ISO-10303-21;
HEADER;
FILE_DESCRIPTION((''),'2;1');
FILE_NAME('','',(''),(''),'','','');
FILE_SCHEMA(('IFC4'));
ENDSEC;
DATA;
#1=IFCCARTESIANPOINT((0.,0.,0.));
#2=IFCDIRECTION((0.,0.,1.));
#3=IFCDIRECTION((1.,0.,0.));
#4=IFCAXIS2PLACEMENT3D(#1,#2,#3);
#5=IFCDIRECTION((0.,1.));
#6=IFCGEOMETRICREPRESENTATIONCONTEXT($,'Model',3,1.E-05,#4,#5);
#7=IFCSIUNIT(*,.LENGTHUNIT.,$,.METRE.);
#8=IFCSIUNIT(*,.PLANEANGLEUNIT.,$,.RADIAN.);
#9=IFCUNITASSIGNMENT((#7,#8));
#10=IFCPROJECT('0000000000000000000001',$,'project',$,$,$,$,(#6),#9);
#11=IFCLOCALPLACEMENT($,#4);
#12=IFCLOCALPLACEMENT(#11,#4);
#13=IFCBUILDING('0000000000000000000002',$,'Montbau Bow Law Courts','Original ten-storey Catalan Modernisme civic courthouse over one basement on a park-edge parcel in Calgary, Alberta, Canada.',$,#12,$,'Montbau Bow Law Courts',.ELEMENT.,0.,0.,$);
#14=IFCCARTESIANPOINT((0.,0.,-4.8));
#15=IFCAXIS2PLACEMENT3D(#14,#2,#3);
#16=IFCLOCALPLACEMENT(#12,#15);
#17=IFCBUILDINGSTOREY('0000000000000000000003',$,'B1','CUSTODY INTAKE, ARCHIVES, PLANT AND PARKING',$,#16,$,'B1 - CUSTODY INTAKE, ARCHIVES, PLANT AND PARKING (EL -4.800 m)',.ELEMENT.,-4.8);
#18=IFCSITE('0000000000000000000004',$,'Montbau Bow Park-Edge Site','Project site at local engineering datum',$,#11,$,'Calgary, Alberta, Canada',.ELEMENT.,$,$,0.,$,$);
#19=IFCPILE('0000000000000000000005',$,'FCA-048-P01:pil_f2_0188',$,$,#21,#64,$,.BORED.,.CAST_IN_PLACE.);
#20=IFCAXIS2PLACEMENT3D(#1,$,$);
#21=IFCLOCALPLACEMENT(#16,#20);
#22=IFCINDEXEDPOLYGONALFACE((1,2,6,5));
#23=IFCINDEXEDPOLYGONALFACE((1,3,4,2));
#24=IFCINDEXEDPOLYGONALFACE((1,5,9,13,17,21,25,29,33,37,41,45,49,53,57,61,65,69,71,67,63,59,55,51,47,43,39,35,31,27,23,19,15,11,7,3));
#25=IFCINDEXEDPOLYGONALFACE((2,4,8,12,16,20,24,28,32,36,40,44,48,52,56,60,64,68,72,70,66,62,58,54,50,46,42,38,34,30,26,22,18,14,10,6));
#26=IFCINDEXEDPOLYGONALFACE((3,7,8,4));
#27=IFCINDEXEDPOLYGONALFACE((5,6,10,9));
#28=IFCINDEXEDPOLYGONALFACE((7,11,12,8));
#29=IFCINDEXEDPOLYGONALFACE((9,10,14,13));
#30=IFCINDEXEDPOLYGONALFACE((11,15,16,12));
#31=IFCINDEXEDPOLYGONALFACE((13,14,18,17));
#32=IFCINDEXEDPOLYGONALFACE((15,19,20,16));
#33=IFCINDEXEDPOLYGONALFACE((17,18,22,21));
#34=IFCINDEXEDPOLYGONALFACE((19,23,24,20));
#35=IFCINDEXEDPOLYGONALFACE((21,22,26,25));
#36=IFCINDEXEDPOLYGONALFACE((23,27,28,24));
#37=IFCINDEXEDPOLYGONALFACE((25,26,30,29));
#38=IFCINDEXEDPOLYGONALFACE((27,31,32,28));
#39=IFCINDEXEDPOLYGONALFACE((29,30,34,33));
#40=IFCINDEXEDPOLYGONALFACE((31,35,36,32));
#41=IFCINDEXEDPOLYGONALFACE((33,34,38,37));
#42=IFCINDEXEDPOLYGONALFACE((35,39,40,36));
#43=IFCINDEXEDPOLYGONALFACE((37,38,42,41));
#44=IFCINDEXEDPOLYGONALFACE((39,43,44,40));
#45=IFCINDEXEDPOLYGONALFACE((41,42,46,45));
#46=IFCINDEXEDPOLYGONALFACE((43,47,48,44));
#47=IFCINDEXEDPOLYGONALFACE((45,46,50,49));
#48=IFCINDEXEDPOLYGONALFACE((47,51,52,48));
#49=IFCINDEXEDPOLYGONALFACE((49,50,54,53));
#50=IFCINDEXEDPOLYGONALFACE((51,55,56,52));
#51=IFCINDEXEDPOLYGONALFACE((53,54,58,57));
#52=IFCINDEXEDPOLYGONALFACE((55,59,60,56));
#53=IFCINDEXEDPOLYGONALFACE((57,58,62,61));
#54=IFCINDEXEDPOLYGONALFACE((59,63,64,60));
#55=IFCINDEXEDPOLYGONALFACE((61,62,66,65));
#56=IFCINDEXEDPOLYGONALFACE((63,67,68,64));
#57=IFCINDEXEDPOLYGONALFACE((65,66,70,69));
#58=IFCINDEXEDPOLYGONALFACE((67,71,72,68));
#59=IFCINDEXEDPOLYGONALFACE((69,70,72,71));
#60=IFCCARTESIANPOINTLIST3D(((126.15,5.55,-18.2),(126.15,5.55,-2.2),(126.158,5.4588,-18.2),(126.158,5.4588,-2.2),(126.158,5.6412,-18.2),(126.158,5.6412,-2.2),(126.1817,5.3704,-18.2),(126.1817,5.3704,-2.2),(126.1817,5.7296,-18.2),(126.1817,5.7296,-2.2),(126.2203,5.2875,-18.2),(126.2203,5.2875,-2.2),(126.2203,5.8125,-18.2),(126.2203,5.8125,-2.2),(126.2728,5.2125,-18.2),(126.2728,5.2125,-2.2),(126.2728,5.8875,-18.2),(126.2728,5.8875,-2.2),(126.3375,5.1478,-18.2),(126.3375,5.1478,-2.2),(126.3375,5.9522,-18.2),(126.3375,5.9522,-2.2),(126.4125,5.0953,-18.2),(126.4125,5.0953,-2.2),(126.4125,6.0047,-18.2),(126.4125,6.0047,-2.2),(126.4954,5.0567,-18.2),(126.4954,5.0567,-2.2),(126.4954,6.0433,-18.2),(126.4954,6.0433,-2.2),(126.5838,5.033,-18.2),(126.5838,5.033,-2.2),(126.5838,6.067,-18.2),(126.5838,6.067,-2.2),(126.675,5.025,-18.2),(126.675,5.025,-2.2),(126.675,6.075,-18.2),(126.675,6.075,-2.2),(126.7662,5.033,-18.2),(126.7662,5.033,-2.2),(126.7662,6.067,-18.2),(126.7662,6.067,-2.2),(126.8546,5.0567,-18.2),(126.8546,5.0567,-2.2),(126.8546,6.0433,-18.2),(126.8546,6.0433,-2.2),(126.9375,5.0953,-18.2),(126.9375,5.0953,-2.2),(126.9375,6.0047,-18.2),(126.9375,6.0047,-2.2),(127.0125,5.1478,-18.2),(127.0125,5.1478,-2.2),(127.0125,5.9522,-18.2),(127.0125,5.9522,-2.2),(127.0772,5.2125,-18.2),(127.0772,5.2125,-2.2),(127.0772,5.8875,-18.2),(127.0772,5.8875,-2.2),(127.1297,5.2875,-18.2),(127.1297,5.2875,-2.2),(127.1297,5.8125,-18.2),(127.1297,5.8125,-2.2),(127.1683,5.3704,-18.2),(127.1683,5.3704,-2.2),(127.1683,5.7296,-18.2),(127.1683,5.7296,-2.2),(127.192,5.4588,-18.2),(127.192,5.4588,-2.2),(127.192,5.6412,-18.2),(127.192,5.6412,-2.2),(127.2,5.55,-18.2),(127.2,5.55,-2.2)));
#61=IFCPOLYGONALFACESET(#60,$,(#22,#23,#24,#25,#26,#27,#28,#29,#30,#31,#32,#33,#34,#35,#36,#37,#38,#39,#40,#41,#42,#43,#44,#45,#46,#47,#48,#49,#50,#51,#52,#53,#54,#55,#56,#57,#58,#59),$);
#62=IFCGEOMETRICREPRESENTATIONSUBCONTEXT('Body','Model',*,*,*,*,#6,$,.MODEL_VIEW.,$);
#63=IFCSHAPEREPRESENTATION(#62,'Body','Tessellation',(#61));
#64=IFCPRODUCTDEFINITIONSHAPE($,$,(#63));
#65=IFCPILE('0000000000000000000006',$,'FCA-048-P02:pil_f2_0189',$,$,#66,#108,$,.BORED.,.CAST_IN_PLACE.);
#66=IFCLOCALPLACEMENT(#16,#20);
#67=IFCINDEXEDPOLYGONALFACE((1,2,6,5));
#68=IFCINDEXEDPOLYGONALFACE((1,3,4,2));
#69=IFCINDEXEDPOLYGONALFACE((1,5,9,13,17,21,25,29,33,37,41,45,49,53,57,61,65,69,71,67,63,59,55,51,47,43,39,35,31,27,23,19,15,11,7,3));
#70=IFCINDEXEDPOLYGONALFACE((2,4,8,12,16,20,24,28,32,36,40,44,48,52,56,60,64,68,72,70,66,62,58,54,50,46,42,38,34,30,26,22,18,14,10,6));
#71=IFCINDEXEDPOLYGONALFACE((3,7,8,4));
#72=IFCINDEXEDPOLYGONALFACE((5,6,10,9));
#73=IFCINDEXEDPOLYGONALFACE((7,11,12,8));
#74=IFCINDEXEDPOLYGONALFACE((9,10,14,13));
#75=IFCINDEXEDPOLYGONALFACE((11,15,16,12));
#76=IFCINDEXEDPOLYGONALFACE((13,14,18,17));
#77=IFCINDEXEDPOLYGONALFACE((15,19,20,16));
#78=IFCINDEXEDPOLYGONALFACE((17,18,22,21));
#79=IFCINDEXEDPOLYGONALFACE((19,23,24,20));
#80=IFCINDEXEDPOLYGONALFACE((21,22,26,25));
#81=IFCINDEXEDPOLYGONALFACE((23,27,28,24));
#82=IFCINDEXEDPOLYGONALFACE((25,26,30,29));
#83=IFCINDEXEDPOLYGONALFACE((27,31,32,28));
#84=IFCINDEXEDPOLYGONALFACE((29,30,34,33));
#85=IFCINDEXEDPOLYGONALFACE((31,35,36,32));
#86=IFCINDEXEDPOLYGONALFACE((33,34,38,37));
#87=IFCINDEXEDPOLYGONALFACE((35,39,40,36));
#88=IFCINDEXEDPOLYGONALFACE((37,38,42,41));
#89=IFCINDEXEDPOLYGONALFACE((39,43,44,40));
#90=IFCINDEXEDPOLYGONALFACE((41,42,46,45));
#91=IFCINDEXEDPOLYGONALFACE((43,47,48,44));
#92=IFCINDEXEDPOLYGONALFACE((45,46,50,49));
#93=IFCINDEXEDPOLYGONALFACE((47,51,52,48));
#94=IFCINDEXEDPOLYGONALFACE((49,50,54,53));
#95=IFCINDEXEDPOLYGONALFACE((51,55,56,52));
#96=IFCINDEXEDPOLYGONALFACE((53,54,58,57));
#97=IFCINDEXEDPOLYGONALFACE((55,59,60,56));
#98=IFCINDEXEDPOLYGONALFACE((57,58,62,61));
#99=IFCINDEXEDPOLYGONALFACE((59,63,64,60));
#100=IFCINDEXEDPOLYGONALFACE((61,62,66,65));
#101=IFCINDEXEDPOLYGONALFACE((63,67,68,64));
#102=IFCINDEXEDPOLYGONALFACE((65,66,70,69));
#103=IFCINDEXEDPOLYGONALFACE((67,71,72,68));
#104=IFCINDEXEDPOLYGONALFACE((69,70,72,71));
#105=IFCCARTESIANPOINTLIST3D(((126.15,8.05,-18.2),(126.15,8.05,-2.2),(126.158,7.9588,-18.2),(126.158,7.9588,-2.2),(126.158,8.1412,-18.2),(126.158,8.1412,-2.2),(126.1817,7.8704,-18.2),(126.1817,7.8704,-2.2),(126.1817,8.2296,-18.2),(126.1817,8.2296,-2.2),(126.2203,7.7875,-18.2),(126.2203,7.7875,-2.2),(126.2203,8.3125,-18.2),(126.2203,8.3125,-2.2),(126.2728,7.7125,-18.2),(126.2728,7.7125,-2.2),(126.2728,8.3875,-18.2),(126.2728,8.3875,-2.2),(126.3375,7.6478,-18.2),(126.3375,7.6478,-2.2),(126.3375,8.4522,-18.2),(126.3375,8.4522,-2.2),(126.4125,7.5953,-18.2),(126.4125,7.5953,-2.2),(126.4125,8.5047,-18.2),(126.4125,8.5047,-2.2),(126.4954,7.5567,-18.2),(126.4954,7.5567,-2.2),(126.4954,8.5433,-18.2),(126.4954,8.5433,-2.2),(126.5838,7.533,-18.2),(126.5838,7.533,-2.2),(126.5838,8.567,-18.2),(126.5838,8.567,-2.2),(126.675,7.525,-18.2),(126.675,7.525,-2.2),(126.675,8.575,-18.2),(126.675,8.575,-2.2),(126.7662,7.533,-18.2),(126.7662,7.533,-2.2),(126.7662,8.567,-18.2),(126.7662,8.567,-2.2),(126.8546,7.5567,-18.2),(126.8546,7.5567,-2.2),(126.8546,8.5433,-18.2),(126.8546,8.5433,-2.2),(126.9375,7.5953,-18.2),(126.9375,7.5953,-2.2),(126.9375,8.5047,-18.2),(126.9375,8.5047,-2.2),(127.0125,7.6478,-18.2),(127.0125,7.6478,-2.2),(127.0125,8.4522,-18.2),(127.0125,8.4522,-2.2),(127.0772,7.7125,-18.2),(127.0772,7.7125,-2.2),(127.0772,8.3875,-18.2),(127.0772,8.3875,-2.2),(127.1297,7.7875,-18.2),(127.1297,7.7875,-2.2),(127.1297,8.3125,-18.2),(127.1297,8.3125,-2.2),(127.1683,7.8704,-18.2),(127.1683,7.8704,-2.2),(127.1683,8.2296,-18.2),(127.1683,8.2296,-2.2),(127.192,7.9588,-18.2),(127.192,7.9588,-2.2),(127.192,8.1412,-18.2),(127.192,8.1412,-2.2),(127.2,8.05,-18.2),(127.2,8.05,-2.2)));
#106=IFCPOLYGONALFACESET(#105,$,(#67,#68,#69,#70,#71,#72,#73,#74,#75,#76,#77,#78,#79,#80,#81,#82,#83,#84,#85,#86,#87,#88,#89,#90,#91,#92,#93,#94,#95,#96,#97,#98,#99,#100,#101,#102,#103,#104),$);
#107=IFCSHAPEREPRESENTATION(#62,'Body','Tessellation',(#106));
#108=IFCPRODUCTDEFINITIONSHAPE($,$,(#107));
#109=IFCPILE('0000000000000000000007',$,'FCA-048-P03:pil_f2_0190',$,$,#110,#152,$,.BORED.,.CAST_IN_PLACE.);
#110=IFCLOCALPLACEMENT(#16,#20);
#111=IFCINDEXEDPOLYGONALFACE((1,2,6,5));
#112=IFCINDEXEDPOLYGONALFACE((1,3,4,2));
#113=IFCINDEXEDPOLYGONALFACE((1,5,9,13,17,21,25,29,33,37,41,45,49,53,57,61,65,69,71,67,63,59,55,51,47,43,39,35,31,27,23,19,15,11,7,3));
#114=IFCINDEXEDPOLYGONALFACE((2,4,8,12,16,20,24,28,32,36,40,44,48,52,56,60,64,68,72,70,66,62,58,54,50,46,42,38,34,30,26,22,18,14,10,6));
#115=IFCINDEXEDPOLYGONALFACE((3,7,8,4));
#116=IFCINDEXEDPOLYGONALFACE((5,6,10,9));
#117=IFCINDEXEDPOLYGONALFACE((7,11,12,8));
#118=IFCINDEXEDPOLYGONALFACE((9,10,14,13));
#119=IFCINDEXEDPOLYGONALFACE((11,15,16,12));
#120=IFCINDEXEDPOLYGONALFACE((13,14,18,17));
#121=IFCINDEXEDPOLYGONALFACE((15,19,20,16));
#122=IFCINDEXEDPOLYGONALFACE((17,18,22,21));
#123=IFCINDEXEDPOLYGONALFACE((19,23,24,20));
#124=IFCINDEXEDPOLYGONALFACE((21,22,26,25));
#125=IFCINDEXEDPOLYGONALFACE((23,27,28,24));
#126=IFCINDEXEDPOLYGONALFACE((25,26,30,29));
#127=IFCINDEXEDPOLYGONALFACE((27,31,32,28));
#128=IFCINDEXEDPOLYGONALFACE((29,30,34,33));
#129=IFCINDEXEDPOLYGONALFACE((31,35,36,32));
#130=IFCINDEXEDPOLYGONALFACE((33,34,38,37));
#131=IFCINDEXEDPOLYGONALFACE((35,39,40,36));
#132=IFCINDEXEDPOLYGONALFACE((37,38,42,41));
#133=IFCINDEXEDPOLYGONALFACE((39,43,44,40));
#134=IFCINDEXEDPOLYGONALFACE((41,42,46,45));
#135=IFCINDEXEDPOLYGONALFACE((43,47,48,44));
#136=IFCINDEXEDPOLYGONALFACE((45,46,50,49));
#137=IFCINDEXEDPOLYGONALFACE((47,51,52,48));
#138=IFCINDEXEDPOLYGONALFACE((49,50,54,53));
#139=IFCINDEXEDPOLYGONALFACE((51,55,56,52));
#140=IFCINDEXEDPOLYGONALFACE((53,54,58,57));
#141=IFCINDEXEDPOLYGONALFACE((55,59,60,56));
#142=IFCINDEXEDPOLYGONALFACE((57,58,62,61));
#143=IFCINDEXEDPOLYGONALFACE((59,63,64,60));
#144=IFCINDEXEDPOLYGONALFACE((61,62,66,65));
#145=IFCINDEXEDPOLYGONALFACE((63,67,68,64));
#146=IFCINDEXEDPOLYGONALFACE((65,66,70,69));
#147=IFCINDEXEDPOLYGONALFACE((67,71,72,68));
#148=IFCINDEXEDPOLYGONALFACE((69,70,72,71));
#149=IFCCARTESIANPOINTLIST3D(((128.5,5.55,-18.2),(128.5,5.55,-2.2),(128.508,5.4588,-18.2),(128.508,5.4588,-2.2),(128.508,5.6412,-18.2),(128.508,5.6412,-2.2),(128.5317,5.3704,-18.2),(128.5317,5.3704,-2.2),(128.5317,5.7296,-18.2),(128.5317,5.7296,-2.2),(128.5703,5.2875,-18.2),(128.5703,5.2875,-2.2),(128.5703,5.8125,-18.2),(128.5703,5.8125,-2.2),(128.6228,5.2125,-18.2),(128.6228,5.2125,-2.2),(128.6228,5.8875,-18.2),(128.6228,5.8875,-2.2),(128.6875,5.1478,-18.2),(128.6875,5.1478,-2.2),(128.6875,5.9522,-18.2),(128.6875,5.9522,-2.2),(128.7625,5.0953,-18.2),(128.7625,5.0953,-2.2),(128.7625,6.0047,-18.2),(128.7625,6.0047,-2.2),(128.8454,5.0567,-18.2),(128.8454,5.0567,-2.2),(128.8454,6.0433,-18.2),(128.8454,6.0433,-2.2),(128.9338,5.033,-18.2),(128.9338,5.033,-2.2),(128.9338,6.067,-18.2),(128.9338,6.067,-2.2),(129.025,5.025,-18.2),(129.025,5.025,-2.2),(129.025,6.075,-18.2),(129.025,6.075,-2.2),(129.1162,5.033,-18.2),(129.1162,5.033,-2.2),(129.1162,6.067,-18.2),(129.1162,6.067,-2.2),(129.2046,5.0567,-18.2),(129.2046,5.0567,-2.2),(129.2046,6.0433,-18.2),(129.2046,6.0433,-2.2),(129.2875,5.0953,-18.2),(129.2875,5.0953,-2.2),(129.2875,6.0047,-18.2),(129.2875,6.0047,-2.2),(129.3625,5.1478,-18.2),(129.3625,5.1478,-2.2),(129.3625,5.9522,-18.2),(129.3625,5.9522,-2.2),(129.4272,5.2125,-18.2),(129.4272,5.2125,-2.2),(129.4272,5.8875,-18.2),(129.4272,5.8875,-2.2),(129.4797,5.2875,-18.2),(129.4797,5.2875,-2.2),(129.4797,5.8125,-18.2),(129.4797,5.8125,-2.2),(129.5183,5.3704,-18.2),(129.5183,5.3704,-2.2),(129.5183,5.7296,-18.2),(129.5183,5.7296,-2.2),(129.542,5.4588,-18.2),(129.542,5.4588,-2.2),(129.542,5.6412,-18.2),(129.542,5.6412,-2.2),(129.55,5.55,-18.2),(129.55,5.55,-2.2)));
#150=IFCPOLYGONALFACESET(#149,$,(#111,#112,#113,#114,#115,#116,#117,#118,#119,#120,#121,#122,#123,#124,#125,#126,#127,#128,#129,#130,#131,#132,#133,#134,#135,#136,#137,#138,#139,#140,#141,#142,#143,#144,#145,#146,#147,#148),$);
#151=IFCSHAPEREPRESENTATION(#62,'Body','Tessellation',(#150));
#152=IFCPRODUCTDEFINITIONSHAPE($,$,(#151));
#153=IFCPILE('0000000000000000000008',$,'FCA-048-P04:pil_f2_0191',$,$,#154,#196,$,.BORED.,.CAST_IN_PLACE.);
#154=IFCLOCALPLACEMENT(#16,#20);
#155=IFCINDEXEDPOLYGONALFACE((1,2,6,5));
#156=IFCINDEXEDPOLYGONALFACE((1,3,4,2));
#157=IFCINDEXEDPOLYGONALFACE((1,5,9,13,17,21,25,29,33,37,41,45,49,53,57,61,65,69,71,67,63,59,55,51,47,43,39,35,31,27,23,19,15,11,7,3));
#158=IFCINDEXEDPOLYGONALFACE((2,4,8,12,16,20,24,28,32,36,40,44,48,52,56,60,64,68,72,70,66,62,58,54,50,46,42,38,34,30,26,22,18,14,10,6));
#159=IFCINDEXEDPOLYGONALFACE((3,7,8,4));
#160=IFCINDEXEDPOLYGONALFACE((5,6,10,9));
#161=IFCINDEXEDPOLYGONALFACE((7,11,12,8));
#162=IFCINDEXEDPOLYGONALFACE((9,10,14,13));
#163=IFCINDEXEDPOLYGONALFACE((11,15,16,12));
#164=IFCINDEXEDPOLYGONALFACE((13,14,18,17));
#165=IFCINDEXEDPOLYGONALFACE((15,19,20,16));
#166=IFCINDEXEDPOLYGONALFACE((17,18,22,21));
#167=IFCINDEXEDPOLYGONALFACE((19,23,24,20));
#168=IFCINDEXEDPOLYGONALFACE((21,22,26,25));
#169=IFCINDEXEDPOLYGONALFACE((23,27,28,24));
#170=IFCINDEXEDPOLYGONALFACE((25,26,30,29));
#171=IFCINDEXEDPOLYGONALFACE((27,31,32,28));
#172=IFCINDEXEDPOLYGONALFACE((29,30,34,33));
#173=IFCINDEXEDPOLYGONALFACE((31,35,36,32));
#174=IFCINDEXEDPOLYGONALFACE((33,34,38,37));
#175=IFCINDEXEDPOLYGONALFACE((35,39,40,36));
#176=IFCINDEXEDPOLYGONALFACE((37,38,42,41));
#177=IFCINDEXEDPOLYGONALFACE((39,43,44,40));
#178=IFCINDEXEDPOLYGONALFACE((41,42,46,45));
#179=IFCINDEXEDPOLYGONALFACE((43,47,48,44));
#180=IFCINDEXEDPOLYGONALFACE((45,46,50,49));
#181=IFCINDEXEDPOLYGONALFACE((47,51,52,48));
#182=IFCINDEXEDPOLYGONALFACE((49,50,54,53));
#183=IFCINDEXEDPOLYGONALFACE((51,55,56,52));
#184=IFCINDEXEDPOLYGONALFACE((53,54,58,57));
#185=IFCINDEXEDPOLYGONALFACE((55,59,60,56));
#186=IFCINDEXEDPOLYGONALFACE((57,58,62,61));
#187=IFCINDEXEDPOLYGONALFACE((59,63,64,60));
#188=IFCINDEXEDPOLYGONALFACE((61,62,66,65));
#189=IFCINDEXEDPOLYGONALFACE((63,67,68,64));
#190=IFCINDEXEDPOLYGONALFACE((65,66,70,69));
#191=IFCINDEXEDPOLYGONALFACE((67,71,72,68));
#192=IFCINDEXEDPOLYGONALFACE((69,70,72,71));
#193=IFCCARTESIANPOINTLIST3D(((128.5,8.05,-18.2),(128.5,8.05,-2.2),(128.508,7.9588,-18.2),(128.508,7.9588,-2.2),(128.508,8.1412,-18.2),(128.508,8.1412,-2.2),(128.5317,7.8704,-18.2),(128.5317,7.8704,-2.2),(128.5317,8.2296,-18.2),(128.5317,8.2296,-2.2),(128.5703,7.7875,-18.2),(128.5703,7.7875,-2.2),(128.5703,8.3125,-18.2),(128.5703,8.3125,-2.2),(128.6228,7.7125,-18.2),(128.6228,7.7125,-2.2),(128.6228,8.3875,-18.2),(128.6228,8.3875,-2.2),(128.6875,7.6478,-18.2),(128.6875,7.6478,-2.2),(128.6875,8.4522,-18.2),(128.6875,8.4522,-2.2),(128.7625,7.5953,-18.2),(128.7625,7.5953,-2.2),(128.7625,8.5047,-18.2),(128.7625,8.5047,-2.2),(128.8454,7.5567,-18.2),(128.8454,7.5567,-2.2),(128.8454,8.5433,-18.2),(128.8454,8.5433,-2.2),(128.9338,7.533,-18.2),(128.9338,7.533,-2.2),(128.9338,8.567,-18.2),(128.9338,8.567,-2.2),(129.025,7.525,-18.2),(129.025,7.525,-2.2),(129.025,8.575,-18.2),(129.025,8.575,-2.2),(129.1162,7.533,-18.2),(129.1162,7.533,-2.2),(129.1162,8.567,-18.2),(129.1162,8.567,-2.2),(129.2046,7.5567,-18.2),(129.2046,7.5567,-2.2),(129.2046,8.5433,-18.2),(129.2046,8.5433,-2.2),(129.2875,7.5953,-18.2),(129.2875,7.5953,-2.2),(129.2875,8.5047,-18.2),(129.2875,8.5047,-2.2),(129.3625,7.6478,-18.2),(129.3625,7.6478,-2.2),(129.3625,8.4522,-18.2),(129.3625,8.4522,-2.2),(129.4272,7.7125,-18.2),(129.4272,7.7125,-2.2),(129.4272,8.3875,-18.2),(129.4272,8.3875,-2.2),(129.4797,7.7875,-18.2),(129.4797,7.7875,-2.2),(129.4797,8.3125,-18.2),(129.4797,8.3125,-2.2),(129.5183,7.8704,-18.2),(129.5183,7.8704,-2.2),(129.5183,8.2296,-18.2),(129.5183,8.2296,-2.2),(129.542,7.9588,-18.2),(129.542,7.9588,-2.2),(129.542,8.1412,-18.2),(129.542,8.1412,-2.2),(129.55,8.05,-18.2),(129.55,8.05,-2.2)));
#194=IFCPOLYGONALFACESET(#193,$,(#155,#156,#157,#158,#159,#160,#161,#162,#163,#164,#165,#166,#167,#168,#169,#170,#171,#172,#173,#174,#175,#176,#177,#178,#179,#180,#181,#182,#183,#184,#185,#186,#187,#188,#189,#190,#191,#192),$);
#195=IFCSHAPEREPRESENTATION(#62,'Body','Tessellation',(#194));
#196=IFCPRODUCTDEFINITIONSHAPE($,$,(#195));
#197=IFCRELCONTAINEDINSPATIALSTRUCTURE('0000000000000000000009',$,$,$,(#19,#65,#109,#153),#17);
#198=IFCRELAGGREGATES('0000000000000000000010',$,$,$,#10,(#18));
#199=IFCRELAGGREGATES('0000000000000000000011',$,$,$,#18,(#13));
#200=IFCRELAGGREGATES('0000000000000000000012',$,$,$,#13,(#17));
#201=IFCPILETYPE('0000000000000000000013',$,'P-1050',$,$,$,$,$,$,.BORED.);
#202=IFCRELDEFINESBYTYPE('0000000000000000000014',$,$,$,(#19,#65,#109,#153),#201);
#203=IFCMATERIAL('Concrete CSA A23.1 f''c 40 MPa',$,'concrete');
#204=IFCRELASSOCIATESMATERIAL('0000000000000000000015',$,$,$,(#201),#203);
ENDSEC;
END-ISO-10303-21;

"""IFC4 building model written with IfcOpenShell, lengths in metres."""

from ifc_helpers import new_model, si_unit, direction, frame, origin_with_axes, origin_2d_with_axis, place, context, subcontext, project, spatial, circle, extrude, material, material_profile, profile_set, type_object, element, save


model = new_model("IFC4")

# Units and contexts
model_context = context("Model", 3, precision=1e-05, world=origin_with_axes(), true_north=direction((0.0, 1.0)))
body_context = subcontext(model_context, "Body", "Model", "MODEL_VIEW")
ifc_project = project(units=[si_unit("LENGTHUNIT", "METRE"), si_unit("PLANEANGLEUNIT", "RADIAN")], contexts=[model_context])

# Site, building, storey
site_placement = place(None, origin_with_axes())
site = spatial("IfcSite", under=ifc_project, at=site_placement, Name="Montbau Bow Park-Edge Site", Description="Project site at local engineering datum", LongName="Calgary, Alberta, Canada", CompositionType="ELEMENT", RefElevation=0.0)
building_placement = place(site_placement, origin_with_axes())
building = spatial("IfcBuilding", under=site, at=building_placement, Name="Montbau Bow Law Courts", Description="Original ten-storey Catalan Modernisme civic courthouse over one basement on a park-edge parcel in Calgary, Alberta, Canada.", LongName="Montbau Bow Law Courts", CompositionType="ELEMENT", ElevationOfRefHeight=0.0, ElevationOfTerrain=0.0)
storey_placement = place(building_placement, frame((0.0, 0.0, -4.8), z_axis=(0.0, 0.0, 1.0), x_axis=(1.0, 0.0, 0.0)))
storey = spatial("IfcBuildingStorey", under=building, at=storey_placement, Name="B1", Description="CUSTODY INTAKE, ARCHIVES, PLANT AND PARKING", LongName="B1 - CUSTODY INTAKE, ARCHIVES, PLANT AND PARKING (EL -4.800 m)", CompositionType="ELEMENT", Elevation=-4.8)

# Piles
ifc_material_1 = material(Name="Concrete CSA A23.1 f'c 40 MPa", Category="concrete")
ifc_material_profile_1 = material_profile(ifc_material_1, circle(Radius=0.525, at=origin_2d_with_axis()), Name="BP1050", Category="Main", Priority=0)
ifc_profile_set_1 = profile_set([ifc_material_profile_1], Name="Concrete CSA A23.1 f'c 40 MPa")
pile_type_1 = type_object("IfcPileType", Name="P-1050", PredefinedType="BORED", material=ifc_profile_set_1)
for number, where, z_axis, x_axis, name in (
    (1, (126.675, 5.55, -23.0), (0.0, 0.0, 1.0), (1.0, 0.0, 0.0), "FCA-048-P01:pil_f2_0188"),
    (2, (126.675, 8.05, -23.0), (0.0, 0.0, 1.0), (1.0, 0.0, 0.0), "FCA-048-P02:pil_f2_0189"),
    (3, (129.025, 5.55, -23.0), (0.0, 0.0, 1.0), (1.0, 0.0, 0.0), "FCA-048-P03:pil_f2_0190"),
    (4, (129.025, 8.05, -23.0), (0.0, 0.0, 1.0), (1.0, 0.0, 0.0), "FCA-048-P04:pil_f2_0191"),
):
    element("IfcPile", number, at=place(None, frame(where, z_axis=z_axis, x_axis=x_axis)), inside=storey, type_object=pile_type_1, Name=name, ConstructionType="CAST_IN_PLACE", PredefinedType="BORED", context=body_context, shape_type="SweptSolid", body=[
        extrude(circle(Radius=0.525, at=origin_2d_with_axis()), origin_with_axes(), (0.0, 0.0, 1.0), 16.0),
    ])

save(model, "model.ifc")
